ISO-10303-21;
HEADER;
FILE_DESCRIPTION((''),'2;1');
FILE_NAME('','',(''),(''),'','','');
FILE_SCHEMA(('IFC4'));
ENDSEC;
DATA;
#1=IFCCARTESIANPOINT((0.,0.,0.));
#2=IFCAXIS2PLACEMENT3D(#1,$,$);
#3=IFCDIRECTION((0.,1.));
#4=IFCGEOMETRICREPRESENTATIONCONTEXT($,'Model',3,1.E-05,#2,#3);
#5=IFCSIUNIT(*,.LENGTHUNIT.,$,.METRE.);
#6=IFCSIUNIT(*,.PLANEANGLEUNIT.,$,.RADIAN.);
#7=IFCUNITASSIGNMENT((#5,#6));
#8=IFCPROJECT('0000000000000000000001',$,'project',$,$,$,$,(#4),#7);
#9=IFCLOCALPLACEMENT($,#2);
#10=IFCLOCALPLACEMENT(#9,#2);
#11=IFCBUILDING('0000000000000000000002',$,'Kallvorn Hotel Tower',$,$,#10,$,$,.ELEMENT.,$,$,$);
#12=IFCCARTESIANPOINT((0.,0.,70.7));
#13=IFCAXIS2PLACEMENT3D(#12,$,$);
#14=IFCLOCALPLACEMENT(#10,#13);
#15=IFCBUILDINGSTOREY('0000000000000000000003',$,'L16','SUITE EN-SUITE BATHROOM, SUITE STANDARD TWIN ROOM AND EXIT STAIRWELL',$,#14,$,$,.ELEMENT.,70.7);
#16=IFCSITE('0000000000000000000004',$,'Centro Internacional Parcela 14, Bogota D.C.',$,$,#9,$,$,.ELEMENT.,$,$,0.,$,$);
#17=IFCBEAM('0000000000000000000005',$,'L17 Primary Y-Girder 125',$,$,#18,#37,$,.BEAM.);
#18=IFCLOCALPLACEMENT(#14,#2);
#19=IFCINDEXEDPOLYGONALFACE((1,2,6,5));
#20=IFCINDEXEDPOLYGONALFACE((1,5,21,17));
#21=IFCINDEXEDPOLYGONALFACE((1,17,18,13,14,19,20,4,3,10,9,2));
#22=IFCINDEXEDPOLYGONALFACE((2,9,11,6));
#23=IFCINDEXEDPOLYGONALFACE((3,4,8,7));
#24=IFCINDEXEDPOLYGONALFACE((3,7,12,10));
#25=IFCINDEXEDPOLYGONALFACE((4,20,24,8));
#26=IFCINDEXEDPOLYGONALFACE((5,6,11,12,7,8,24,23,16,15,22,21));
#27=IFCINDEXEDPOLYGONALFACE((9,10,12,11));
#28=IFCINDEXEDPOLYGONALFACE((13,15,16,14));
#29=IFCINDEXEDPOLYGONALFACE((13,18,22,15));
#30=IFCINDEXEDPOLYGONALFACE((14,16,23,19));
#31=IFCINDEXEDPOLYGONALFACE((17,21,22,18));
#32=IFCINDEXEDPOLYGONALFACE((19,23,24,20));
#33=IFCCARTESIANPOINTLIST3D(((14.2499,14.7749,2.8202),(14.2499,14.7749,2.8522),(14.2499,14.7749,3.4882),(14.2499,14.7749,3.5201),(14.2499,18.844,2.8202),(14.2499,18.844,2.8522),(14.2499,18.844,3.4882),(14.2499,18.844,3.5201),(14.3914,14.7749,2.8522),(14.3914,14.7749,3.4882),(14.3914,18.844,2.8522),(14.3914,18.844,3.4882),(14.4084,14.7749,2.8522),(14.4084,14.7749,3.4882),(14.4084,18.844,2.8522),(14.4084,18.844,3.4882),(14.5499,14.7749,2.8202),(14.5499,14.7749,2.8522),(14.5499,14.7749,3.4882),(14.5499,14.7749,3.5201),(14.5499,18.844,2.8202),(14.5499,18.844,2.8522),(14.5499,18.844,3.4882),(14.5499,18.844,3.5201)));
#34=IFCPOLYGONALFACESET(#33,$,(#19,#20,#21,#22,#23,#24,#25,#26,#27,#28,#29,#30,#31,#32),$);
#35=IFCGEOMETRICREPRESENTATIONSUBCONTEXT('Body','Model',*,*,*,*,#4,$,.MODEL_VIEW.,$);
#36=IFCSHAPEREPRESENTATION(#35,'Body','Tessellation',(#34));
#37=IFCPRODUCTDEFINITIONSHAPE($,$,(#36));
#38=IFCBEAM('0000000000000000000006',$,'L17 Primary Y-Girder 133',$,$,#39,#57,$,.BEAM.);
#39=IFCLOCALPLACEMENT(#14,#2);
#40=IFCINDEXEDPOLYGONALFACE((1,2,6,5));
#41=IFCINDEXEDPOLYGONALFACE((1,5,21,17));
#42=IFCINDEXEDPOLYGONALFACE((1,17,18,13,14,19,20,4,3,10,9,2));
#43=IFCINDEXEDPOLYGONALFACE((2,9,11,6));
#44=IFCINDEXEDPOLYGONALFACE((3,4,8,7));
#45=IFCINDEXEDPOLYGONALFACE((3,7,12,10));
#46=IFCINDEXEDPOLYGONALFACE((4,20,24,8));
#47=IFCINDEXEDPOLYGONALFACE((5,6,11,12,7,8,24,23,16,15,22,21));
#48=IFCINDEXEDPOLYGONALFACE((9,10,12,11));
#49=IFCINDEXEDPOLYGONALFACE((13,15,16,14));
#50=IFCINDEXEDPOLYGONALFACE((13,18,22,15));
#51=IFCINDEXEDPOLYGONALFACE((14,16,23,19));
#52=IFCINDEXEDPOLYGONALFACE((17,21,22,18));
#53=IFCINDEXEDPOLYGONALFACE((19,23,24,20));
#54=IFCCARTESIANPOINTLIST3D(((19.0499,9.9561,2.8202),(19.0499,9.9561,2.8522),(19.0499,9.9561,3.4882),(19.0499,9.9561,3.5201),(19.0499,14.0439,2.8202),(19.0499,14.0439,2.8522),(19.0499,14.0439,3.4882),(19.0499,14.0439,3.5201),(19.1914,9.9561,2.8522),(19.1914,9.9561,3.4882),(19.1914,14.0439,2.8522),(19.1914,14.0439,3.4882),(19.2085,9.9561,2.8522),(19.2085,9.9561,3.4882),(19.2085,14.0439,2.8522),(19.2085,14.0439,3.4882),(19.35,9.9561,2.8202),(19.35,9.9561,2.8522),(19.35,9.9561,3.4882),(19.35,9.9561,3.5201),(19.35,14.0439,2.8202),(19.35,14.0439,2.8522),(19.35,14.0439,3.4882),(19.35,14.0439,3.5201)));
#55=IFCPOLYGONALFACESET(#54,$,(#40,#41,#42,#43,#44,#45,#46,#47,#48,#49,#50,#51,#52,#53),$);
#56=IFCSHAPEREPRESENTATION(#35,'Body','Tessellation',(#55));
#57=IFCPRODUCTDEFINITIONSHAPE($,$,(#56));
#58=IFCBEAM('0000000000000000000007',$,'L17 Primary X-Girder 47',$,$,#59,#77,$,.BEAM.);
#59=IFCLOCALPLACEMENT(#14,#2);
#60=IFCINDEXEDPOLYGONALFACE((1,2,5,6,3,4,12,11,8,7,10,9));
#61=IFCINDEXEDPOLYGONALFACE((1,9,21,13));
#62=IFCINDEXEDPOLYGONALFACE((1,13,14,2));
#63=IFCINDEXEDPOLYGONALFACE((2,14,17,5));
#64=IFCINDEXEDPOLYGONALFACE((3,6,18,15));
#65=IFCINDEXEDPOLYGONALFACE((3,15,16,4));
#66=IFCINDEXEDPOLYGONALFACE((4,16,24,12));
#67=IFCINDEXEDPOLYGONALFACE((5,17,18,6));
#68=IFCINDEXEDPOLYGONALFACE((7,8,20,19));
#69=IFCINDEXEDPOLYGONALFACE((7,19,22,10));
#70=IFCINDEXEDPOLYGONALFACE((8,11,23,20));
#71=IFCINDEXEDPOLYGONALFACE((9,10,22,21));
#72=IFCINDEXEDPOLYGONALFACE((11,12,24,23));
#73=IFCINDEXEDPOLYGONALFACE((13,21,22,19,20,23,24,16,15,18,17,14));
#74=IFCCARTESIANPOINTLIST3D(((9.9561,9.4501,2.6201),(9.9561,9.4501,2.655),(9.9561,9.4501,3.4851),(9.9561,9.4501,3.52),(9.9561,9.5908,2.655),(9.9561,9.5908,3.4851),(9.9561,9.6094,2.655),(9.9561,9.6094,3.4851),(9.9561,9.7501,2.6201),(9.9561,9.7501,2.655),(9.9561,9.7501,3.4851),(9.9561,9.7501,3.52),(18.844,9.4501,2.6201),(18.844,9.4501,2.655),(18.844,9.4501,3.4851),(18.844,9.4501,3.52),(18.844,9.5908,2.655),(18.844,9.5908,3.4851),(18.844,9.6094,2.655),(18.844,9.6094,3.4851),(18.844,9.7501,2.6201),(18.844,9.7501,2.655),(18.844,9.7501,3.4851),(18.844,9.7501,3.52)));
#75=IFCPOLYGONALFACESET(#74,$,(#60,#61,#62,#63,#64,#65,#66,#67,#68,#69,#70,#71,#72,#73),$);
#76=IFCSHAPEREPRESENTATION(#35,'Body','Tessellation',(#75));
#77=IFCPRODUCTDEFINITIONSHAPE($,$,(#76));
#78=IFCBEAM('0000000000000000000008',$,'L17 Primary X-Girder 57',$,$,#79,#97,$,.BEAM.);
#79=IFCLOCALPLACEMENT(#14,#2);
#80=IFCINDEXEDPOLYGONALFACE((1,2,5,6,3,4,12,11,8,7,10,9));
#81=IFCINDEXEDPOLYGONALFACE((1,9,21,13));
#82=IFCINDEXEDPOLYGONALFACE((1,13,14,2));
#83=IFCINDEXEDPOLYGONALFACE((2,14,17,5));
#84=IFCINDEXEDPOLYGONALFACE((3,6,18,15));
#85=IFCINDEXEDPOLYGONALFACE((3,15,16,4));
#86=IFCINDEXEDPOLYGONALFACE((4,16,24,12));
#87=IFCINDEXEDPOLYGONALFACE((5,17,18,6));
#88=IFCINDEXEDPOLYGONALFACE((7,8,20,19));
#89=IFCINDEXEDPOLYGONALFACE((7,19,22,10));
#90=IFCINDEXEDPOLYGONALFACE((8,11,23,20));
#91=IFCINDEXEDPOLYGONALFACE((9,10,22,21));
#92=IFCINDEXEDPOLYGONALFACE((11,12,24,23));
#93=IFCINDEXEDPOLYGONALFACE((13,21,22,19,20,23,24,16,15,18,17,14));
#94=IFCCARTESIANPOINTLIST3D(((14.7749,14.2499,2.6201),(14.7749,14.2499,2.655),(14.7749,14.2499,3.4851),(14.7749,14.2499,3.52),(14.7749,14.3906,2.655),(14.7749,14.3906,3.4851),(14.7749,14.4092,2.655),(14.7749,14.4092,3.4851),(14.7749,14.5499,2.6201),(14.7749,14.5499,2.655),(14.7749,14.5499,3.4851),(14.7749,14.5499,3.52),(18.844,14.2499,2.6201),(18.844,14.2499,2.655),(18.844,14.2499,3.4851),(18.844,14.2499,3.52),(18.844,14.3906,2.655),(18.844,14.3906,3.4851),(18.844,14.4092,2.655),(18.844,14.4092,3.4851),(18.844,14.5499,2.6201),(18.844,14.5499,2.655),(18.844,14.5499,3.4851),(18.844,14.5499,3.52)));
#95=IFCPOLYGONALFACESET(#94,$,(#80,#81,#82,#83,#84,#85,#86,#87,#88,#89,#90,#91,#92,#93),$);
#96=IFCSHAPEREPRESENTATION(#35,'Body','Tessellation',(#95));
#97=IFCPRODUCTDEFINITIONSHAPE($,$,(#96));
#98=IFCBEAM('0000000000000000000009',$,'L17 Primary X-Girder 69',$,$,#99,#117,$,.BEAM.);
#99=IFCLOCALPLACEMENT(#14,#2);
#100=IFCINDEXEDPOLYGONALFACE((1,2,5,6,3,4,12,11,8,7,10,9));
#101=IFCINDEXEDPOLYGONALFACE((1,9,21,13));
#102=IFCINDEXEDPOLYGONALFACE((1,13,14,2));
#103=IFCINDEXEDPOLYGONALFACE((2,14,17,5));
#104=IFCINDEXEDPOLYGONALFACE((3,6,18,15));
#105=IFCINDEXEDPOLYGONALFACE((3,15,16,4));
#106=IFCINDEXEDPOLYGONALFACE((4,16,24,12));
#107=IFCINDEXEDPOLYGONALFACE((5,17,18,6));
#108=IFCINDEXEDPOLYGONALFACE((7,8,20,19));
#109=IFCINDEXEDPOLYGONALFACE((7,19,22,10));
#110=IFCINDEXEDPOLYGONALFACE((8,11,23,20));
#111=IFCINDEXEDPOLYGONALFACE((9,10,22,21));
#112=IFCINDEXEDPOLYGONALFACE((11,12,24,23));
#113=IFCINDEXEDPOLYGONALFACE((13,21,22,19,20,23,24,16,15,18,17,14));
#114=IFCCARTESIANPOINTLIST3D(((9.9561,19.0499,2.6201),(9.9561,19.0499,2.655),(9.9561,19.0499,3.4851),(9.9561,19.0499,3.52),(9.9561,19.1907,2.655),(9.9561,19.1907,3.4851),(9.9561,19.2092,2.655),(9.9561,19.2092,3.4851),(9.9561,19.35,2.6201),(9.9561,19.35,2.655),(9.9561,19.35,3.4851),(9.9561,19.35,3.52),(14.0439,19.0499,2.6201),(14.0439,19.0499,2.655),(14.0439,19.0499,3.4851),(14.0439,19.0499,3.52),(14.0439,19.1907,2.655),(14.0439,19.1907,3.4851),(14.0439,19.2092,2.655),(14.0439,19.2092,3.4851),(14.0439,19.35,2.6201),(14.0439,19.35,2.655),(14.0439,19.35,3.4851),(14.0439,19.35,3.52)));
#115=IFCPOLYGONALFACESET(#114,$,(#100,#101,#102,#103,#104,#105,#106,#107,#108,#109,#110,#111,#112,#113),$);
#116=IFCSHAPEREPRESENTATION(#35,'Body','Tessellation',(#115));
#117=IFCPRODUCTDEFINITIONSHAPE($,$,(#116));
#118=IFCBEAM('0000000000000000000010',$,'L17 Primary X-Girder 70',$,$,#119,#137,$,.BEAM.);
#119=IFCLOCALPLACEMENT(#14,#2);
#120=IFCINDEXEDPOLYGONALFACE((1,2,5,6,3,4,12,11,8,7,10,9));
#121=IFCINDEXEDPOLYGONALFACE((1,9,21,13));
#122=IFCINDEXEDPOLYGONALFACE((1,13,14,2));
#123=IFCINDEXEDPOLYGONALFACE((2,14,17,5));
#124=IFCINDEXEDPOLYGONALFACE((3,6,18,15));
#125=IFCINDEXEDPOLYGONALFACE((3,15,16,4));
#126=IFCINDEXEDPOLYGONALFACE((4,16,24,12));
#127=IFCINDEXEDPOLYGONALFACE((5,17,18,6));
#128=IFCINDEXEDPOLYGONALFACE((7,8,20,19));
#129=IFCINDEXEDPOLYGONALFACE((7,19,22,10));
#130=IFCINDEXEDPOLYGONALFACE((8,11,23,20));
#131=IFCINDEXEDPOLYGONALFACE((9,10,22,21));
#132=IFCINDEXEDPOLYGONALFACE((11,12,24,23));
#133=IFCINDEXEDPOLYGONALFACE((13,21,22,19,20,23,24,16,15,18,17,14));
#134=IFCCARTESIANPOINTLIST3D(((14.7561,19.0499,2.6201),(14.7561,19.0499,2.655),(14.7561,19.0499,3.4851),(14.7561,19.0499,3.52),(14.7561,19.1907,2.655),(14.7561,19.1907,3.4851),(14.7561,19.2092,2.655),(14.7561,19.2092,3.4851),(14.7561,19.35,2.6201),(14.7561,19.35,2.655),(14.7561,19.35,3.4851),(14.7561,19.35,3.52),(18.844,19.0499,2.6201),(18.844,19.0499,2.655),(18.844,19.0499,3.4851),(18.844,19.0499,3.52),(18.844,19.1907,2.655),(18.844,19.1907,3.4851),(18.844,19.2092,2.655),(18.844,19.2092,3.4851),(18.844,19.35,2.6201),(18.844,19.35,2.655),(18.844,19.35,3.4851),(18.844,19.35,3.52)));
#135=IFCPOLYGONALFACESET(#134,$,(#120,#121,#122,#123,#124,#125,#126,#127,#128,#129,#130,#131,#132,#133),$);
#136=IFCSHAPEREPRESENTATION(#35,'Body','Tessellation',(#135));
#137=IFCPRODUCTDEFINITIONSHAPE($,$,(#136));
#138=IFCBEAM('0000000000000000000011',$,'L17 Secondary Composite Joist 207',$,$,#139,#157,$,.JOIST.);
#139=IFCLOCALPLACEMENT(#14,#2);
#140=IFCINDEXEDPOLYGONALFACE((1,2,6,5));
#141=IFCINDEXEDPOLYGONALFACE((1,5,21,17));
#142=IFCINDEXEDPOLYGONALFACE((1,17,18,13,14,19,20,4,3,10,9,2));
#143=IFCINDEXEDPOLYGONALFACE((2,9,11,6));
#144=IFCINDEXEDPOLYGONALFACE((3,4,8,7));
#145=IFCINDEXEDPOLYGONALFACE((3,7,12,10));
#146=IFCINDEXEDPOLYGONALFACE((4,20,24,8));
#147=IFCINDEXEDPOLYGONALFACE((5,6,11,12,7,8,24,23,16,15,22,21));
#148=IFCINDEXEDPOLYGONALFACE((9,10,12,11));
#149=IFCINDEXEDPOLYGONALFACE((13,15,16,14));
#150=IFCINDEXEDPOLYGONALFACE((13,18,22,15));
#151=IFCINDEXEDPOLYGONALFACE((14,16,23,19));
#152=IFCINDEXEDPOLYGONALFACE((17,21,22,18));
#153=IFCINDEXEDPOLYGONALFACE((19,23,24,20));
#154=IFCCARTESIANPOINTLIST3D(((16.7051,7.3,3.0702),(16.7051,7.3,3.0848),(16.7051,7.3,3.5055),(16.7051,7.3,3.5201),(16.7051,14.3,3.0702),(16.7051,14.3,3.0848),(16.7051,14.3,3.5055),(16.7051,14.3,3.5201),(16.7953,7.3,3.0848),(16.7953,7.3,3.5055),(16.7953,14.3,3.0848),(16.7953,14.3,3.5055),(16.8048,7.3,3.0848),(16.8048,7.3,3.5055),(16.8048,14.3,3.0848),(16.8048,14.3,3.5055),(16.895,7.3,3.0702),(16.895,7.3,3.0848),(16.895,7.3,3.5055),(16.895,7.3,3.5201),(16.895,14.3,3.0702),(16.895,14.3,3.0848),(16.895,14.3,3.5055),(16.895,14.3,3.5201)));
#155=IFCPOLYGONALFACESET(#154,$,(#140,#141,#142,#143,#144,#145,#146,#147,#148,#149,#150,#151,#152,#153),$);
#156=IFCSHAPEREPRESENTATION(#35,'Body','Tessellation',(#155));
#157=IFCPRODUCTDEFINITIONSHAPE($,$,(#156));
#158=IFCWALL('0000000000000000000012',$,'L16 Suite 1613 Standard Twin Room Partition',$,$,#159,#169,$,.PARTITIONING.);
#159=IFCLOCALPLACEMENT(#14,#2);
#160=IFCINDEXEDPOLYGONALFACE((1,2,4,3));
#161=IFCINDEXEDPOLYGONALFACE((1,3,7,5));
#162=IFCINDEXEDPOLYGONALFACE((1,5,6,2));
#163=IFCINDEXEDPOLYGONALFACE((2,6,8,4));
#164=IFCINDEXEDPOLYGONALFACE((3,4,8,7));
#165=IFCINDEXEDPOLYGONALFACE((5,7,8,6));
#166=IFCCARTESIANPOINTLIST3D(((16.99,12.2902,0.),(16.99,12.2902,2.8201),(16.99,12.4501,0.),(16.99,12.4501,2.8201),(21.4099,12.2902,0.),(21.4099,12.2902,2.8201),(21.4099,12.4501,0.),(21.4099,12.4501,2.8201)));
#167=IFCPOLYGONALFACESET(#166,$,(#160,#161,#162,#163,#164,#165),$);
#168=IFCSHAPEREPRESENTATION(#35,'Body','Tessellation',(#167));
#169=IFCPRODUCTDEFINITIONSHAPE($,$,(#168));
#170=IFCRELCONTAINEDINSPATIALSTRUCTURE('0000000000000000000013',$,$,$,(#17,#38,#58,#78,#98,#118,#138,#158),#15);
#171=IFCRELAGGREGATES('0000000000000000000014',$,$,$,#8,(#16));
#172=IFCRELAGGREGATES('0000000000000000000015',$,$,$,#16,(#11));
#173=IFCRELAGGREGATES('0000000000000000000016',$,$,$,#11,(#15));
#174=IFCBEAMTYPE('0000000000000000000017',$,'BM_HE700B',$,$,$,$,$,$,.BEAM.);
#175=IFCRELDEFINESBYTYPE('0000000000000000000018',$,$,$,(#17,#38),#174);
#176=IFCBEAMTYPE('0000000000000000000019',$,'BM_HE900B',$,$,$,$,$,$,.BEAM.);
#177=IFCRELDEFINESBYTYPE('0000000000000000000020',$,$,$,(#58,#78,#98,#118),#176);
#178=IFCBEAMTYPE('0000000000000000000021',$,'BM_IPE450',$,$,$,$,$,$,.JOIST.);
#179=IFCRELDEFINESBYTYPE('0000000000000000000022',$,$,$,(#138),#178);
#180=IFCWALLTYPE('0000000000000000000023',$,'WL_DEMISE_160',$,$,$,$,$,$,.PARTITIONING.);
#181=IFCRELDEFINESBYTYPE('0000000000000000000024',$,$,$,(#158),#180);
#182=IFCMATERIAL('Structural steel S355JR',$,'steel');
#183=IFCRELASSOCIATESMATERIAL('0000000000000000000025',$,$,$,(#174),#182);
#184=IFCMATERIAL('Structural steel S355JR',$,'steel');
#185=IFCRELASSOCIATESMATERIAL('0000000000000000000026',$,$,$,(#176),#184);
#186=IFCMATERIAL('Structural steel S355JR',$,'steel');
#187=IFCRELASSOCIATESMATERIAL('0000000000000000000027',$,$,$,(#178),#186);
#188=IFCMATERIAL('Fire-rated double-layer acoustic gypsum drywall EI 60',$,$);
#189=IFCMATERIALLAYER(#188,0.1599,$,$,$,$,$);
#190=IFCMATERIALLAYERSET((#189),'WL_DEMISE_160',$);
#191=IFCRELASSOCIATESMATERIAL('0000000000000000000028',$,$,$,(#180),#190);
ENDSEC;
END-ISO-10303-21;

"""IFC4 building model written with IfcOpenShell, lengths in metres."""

from ifc_helpers import new_model, si_unit, direction, frame, frame_2d, origin, origin_2d, place, context, subcontext, project, spatial, rectangle, i_section, extrude, material, layer, layer_set, material_profile, profile_set, type_object, element, save


model = new_model("IFC4")

# Units and contexts
model_context = context("Model", 3, precision=1e-05, world=origin(), true_north=direction((0.0, 1.0)))
body_context = subcontext(model_context, "Body", "Model", "MODEL_VIEW")
ifc_project = project(units=[si_unit("LENGTHUNIT", "METRE"), si_unit("PLANEANGLEUNIT", "RADIAN")], contexts=[model_context])

# Site, building, storey
site_placement = place(None, origin())
site = spatial("IfcSite", under=ifc_project, at=site_placement, Name="Centro Internacional Parcela 14, Bogota D.C.", CompositionType="ELEMENT", RefElevation=0.0)
building_placement = place(site_placement, origin())
building = spatial("IfcBuilding", under=site, at=building_placement, Name="Kallvorn Hotel Tower", CompositionType="ELEMENT")
storey_placement = place(building_placement, frame((0.0, 0.0, 70.7)))
storey = spatial("IfcBuildingStorey", under=building, at=storey_placement, Name="L16", Description="SUITE EN-SUITE BATHROOM, SUITE STANDARD TWIN ROOM AND EXIT STAIRWELL", CompositionType="ELEMENT", Elevation=70.7)

# Beams
ifc_material_1 = material(Name="Structural steel S355JR", Category="steel")
ifc_material_profile_1 = material_profile(ifc_material_1, i_section(OverallWidth=0.3, OverallDepth=0.7, WebThickness=0.0171, FlangeThickness=0.032, at=origin_2d()), Name="HE 700 B")
ifc_profile_set_1 = profile_set([ifc_material_profile_1], Name="Structural steel S355JR")
beam_type_1 = type_object("IfcBeamType", Name="BM_HE700B", PredefinedType="BEAM", material=ifc_profile_set_1)
beam_1_placement = place(storey_placement, frame((14.3999, 14.7749, 3.1702), z_axis=(0.0, 1.0, 0.0), x_axis=(-1.0, 0.0, 0.0)))
element("IfcBeam", 1, at=beam_1_placement, inside=storey, type_object=beam_type_1, Name="L17 Primary Y-Girder 125", PredefinedType="BEAM", context=body_context, shape_type="SweptSolid", body=[
    extrude(i_section(OverallWidth=0.3, OverallDepth=0.7, WebThickness=0.0171, FlangeThickness=0.032, at=origin_2d()), origin(), (0.0, 0.0, 1.0), 4.0691),
])
beam_2_placement = place(storey_placement, frame((19.2, 9.9561, 3.1702), z_axis=(0.0, 1.0, 0.0), x_axis=(-1.0, 0.0, 0.0)))
element("IfcBeam", 2, at=beam_2_placement, inside=storey, type_object=beam_type_1, Name="L17 Primary Y-Girder 133", PredefinedType="BEAM", context=body_context, shape_type="SweptSolid", body=[
    extrude(i_section(OverallWidth=0.3, OverallDepth=0.7, WebThickness=0.0171, FlangeThickness=0.032, at=origin_2d()), origin(), (0.0, 0.0, 1.0), 4.0879),
])
ifc_material_2 = material(Name="Structural steel S355JR", Category="steel")
ifc_material_profile_2 = material_profile(ifc_material_2, i_section(OverallWidth=0.3, OverallDepth=0.8999, WebThickness=0.0186, FlangeThickness=0.0349, at=origin_2d()), Name="HE 900 B")
ifc_profile_set_2 = profile_set([ifc_material_profile_2], Name="Structural steel S355JR")
beam_type_2 = type_object("IfcBeamType", Name="BM_HE900B", PredefinedType="BEAM", material=ifc_profile_set_2)
beam_3_placement = place(storey_placement, frame((9.9561, 9.6001, 3.0701), z_axis=(1.0, 0.0, 0.0), x_axis=(0.0, 1.0, 0.0)))
element("IfcBeam", 3, at=beam_3_placement, inside=storey, type_object=beam_type_2, Name="L17 Primary X-Girder 47", PredefinedType="BEAM", context=body_context, shape_type="SweptSolid", body=[
    extrude(i_section(OverallWidth=0.3, OverallDepth=0.8999, WebThickness=0.0186, FlangeThickness=0.0349, at=origin_2d()), origin(), (0.0, 0.0, 1.0), 8.8879),
])
beam_4_placement = place(storey_placement, frame((14.7749, 14.3999, 3.0701), z_axis=(1.0, 0.0, 0.0), x_axis=(0.0, 1.0, 0.0)))
element("IfcBeam", 4, at=beam_4_placement, inside=storey, type_object=beam_type_2, Name="L17 Primary X-Girder 57", PredefinedType="BEAM", context=body_context, shape_type="SweptSolid", body=[
    extrude(i_section(OverallWidth=0.3, OverallDepth=0.8999, WebThickness=0.0186, FlangeThickness=0.0349, at=origin_2d()), origin(), (0.0, 0.0, 1.0), 4.0691),
])
for number, where, z_axis, x_axis, name in (
    (5, (9.9561, 19.2, 3.0701), (1.0, 0.0, 0.0), (0.0, 1.0, 0.0), "L17 Primary X-Girder 69"),
    (6, (14.7561, 19.2, 3.0701), (1.0, 0.0, 0.0), (0.0, 1.0, 0.0), "L17 Primary X-Girder 70"),
):
    element("IfcBeam", number, at=place(storey_placement, frame(where, z_axis=z_axis, x_axis=x_axis)), inside=storey, type_object=beam_type_2, Name=name, PredefinedType="BEAM", context=body_context, shape_type="SweptSolid", body=[
        extrude(i_section(OverallWidth=0.3, OverallDepth=0.8999, WebThickness=0.0186, FlangeThickness=0.0349, at=origin_2d()), origin(), (0.0, 0.0, 1.0), 4.0879),
    ])
ifc_material_3 = material(Name="Structural steel S355JR", Category="steel")
ifc_material_profile_3 = material_profile(ifc_material_3, i_section(OverallWidth=0.1899, OverallDepth=0.45, WebThickness=0.0095, FlangeThickness=0.0146, at=origin_2d()), Name="IPE 450")
ifc_profile_set_3 = profile_set([ifc_material_profile_3], Name="Structural steel S355JR")
beam_type_3 = type_object("IfcBeamType", Name="BM_IPE450", PredefinedType="JOIST", material=ifc_profile_set_3)
beam_5_placement = place(storey_placement, frame((16.8, 7.3, 3.2952), z_axis=(0.0, 1.0, 0.0), x_axis=(-1.0, 0.0, 0.0)))
element("IfcBeam", 7, at=beam_5_placement, inside=storey, type_object=beam_type_3, Name="L17 Secondary Composite Joist 207", PredefinedType="JOIST", context=body_context, shape_type="SweptSolid", body=[
    extrude(i_section(OverallWidth=0.1899, OverallDepth=0.45, WebThickness=0.0095, FlangeThickness=0.0146, at=origin_2d()), origin(), (0.0, 0.0, 1.0), 7.0),
])

# Wall
ifc_material_4 = material(Name="Fire-rated double-layer acoustic gypsum drywall EI 60")
ifc_layer = layer(ifc_material_4, 0.1599)
ifc_layer_set = layer_set([ifc_layer], Name="WL_DEMISE_160")
wall_type = type_object("IfcWallType", Name="WL_DEMISE_160", PredefinedType="PARTITIONING", material=ifc_layer_set)
wall_1_placement = place(storey_placement, frame((16.99, 12.3701, 0.0), z_axis=(0.0, 0.0, 1.0), x_axis=(1.0, 0.0, 0.0)))
element("IfcWall", 8, at=wall_1_placement, inside=storey, type_object=wall_type, Name="L16 Suite 1613 Standard Twin Room Partition", PredefinedType="PARTITIONING", context=body_context, shape_type="SweptSolid", body=[
    extrude(rectangle(XDim=4.4199, YDim=0.1599, at=frame_2d((2.21, 0.0))), origin(), (0.0, 0.0, 1.0), 2.8201),
])

save(model, "model.ifc")
